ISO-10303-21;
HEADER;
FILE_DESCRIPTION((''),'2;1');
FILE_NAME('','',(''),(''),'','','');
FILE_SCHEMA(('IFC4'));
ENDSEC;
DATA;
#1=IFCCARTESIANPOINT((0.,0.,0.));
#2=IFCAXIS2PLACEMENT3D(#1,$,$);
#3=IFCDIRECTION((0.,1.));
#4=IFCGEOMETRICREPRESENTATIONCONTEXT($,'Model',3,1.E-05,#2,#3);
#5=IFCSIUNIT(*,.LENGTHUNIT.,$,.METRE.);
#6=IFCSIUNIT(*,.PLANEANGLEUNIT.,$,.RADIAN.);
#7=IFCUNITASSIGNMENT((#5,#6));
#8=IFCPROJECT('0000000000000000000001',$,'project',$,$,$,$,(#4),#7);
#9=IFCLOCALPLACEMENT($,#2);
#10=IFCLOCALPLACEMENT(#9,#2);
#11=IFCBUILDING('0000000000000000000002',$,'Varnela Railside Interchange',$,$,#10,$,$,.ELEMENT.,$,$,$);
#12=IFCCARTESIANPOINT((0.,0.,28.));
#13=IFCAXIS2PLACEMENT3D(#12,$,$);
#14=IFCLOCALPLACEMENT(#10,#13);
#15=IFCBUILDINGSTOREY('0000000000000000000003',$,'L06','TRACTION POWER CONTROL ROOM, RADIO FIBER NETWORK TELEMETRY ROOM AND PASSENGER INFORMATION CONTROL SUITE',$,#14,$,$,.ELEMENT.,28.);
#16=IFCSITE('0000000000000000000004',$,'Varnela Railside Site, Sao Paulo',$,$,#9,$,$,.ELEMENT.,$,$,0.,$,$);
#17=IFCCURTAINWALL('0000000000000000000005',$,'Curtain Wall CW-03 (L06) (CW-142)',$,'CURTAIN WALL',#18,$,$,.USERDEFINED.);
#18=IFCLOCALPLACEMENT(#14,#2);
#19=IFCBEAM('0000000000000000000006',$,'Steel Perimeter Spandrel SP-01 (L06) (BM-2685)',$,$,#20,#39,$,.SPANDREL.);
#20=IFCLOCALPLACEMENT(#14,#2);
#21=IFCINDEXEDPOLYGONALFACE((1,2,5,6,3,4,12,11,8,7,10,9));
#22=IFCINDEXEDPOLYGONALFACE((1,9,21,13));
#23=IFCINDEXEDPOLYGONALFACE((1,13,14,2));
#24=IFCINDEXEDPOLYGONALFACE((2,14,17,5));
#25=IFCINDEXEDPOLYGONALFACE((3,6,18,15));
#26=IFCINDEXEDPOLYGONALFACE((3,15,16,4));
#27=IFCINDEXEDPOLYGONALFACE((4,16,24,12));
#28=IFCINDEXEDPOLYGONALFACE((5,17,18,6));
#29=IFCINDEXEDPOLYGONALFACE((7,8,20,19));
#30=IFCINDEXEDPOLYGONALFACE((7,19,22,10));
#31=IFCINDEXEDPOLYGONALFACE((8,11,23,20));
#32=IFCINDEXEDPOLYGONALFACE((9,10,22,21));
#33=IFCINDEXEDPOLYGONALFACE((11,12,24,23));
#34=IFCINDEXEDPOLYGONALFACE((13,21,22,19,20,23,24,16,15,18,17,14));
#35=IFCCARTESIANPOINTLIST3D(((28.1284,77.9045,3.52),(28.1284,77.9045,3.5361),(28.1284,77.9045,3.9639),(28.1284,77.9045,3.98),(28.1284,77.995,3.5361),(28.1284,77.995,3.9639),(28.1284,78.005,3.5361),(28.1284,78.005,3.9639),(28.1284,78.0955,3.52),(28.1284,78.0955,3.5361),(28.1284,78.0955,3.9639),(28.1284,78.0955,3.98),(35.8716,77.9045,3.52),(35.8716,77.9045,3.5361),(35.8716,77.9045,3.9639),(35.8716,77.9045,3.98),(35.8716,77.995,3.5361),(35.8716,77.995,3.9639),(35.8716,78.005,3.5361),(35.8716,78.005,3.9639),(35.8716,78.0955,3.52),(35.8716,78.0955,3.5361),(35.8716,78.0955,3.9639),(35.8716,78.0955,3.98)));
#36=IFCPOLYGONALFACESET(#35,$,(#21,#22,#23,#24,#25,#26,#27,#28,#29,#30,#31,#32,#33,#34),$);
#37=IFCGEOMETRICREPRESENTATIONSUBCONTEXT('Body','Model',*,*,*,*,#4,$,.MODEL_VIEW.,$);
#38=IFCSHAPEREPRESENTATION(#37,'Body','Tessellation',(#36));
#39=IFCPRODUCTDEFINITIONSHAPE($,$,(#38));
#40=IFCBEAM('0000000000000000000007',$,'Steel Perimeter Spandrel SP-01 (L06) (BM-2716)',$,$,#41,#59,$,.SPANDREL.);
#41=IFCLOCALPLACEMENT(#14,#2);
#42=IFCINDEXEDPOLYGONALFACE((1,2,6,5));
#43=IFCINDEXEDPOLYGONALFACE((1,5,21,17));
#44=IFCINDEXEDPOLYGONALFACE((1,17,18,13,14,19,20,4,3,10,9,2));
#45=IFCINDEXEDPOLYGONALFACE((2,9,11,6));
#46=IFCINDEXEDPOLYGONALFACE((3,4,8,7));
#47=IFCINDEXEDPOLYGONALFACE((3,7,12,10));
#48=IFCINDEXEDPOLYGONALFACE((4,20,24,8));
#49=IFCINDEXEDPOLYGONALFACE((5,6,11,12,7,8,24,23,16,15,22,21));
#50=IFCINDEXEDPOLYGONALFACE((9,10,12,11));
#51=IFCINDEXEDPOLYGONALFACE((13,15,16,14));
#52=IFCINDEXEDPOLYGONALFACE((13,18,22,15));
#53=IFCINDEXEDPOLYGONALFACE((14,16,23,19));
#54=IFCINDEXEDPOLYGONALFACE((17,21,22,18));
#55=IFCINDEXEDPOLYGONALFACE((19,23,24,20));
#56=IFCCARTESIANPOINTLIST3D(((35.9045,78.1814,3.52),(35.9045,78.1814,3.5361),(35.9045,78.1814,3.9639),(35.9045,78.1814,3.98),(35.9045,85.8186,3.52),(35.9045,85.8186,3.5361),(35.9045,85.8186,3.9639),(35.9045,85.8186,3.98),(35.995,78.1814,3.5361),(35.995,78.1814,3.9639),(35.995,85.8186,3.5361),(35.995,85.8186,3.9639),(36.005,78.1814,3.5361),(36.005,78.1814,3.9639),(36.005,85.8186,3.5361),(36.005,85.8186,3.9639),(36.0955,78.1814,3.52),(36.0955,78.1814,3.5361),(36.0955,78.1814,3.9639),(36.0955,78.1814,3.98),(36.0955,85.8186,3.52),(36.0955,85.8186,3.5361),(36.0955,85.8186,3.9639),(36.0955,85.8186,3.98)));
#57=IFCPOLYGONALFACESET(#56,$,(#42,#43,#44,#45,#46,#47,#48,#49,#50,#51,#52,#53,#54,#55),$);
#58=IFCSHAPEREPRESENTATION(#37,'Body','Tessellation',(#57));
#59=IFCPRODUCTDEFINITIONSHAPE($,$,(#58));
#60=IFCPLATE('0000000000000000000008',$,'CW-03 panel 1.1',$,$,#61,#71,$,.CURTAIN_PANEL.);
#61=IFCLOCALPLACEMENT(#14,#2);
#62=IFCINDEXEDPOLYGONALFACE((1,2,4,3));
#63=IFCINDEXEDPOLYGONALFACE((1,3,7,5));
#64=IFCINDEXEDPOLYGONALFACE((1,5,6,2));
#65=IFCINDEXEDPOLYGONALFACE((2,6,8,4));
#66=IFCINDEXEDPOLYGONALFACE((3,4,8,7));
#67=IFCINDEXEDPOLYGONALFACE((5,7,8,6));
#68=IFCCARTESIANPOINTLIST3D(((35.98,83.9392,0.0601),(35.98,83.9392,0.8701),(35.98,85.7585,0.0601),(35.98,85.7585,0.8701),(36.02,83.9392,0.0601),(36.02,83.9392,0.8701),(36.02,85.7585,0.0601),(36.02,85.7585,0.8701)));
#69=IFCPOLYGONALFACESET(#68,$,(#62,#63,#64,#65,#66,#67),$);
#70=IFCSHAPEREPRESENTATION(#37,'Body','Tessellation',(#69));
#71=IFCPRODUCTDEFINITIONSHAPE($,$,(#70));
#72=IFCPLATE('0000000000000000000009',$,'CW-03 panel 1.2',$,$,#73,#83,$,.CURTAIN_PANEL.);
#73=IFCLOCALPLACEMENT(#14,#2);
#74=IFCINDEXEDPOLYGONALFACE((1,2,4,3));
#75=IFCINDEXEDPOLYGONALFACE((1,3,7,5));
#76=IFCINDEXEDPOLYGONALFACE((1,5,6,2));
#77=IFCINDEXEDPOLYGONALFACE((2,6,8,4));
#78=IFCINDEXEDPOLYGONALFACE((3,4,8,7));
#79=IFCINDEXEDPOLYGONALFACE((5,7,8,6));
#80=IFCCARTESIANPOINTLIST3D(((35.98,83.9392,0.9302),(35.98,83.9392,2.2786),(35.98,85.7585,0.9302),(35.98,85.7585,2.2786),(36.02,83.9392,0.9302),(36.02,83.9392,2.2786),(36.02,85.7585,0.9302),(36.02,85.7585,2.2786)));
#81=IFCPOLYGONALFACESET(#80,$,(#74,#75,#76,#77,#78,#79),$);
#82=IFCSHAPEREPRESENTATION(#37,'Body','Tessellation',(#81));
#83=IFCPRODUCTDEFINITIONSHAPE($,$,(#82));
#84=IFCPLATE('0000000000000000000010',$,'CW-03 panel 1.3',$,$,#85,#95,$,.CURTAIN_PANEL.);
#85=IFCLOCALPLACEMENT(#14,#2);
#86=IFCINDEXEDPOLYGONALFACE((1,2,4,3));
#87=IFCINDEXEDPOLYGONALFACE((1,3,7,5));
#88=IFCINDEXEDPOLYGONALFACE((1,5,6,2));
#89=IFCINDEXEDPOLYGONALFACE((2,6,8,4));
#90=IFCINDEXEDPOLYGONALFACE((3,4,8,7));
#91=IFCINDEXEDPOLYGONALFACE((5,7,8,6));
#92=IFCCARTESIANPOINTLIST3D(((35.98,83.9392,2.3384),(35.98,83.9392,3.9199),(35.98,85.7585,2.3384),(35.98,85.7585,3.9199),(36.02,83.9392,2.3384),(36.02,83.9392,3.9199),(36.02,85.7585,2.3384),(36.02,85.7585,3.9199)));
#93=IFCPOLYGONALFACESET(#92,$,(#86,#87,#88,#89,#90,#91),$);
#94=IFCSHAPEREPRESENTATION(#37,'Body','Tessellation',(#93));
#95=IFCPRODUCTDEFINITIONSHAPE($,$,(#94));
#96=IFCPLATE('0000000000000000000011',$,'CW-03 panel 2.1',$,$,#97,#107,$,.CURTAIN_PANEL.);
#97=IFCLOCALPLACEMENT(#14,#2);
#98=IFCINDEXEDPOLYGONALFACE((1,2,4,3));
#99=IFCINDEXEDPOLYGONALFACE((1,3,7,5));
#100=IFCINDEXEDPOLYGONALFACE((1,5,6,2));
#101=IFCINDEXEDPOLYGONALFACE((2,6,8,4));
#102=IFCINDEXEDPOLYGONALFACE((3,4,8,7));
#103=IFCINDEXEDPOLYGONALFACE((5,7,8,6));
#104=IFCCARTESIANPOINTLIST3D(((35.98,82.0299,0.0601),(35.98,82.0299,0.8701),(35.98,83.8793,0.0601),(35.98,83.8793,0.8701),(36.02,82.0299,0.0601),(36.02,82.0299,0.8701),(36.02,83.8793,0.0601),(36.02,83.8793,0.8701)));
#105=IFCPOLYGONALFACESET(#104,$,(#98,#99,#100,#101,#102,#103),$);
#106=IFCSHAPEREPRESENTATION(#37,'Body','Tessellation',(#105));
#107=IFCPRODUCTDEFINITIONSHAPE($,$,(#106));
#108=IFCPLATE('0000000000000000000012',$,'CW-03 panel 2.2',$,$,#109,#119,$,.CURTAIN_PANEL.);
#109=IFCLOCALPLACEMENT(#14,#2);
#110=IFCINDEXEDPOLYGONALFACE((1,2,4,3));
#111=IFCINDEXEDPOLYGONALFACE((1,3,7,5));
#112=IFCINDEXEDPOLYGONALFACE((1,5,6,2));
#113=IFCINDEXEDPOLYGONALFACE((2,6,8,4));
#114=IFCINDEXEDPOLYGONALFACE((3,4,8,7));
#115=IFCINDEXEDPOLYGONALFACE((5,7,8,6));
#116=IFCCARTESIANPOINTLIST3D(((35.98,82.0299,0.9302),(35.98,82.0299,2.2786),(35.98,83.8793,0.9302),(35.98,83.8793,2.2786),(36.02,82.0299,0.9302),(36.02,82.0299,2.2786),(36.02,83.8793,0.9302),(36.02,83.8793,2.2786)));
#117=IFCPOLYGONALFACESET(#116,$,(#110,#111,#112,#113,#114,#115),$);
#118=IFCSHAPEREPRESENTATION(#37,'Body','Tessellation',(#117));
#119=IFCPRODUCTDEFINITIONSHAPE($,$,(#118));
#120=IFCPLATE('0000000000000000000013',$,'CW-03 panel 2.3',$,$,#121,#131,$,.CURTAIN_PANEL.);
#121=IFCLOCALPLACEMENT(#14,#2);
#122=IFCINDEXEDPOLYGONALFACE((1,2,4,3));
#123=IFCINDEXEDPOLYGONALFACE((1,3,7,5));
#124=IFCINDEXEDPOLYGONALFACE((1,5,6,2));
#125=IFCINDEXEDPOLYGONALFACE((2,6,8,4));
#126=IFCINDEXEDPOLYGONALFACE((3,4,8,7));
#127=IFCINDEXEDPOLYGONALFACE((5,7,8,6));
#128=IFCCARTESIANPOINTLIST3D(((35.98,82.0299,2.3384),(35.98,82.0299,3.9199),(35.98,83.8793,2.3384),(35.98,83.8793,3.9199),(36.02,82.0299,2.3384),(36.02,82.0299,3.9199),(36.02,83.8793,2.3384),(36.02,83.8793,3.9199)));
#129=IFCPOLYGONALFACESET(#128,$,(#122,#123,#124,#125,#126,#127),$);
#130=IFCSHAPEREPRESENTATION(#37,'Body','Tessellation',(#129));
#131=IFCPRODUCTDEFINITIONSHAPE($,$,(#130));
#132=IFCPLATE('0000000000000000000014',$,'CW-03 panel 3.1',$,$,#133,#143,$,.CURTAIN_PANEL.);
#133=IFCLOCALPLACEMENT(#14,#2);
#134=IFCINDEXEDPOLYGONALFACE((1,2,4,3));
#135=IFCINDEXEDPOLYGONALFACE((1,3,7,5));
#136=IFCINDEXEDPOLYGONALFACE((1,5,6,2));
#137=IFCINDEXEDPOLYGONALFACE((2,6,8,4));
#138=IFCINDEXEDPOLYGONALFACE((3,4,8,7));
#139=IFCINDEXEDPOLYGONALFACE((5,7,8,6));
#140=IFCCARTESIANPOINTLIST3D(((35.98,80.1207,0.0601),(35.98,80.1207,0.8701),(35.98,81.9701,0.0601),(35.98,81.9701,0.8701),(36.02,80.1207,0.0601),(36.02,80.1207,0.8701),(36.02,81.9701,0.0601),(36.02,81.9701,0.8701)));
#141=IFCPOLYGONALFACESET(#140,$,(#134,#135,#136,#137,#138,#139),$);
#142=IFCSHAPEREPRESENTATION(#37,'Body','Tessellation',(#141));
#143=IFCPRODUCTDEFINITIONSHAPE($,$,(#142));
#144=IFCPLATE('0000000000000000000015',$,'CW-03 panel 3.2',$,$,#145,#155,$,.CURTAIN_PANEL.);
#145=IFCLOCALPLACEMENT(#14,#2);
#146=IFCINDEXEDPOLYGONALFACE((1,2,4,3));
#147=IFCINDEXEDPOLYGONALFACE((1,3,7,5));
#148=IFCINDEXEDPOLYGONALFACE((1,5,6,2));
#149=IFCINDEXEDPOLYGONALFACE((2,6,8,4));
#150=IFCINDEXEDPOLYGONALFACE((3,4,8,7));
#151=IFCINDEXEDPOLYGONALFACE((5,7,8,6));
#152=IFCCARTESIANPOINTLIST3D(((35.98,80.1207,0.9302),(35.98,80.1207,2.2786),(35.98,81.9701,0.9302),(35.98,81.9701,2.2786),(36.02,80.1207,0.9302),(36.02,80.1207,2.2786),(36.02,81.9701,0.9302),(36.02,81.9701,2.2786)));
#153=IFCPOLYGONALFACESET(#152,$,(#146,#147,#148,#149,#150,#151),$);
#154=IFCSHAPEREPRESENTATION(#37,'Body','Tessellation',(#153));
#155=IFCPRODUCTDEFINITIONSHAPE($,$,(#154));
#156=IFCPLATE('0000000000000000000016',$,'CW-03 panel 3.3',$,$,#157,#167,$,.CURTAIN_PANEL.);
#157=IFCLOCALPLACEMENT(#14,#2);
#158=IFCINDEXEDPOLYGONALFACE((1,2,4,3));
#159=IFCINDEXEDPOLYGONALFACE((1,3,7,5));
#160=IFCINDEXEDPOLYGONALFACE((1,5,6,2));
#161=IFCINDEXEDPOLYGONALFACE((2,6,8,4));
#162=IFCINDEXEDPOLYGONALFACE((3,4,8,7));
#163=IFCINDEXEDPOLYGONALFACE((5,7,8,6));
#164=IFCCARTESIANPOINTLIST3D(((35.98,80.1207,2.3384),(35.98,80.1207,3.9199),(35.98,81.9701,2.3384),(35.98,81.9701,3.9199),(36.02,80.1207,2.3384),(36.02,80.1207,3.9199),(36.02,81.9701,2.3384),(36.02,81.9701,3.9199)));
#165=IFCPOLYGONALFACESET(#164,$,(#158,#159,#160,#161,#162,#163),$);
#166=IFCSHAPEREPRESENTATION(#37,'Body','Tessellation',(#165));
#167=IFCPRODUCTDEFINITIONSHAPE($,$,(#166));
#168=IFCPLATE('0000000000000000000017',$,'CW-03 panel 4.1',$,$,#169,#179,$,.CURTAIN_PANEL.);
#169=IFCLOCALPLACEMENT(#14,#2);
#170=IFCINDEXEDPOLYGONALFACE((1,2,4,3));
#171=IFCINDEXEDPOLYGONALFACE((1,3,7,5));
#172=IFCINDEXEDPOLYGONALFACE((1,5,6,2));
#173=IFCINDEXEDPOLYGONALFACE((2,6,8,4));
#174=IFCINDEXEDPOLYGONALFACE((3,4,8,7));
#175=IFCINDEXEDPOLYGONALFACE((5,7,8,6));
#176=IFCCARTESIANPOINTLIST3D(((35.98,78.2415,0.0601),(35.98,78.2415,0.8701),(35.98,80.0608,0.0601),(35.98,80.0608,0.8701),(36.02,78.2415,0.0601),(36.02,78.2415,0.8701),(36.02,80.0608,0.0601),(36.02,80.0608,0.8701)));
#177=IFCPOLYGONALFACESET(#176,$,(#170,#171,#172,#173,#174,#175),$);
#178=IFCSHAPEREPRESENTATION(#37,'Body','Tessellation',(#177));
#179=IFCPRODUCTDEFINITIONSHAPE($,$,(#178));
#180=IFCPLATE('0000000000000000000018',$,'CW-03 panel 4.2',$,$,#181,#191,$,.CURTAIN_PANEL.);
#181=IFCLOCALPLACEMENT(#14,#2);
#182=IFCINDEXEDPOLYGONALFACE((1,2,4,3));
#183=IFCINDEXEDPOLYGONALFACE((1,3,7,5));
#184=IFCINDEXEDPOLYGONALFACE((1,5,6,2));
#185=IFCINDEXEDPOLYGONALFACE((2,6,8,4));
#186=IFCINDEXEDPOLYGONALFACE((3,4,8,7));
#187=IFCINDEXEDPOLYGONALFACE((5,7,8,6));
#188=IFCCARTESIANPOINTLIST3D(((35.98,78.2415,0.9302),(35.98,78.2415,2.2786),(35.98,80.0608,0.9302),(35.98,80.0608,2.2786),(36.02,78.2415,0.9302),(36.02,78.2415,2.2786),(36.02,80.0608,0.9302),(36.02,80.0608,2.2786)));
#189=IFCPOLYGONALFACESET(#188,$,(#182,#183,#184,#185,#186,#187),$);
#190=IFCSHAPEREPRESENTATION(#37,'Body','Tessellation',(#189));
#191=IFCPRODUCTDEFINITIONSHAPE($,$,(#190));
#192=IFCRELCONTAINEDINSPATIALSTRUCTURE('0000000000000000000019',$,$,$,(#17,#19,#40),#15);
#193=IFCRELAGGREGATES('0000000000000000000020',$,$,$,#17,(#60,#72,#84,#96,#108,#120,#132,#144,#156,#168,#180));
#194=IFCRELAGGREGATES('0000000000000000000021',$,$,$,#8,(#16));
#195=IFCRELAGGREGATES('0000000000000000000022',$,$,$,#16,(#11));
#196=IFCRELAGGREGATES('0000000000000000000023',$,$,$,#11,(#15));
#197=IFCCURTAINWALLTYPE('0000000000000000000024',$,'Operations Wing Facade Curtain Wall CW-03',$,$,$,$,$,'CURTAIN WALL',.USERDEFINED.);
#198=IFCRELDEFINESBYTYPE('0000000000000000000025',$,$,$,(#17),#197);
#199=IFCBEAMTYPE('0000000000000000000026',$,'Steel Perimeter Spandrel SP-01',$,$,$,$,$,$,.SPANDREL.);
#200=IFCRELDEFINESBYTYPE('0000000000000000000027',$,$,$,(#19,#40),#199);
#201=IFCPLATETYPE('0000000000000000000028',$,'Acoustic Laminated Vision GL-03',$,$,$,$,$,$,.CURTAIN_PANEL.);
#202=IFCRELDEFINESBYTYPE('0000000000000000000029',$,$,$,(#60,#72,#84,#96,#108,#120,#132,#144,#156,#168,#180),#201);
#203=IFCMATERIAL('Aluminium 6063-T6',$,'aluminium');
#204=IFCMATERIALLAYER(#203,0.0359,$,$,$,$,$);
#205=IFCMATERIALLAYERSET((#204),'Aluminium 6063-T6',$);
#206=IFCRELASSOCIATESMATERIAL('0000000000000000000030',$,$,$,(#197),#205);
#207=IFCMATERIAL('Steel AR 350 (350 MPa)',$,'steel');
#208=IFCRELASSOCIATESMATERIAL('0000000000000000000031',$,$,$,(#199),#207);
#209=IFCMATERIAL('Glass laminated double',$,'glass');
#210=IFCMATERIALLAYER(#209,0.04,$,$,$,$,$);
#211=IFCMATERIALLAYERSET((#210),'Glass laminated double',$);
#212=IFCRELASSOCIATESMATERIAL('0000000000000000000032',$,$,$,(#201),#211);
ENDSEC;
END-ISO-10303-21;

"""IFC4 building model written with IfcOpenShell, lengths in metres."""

from ifc_helpers import new_model, si_unit, direction, frame, origin, origin_2d, place, context, subcontext, project, spatial, rectangle, i_section, extrude, material, layer, layer_set, material_profile, profile_set, type_object, element, aggregate, save


model = new_model("IFC4")

# Units and contexts
model_context = context("Model", 3, precision=1e-05, world=origin(), true_north=direction((0.0, 1.0)))
body_context = subcontext(model_context, "Body", "Model", "MODEL_VIEW")
ifc_project = project(units=[si_unit("LENGTHUNIT", "METRE"), si_unit("PLANEANGLEUNIT", "RADIAN")], contexts=[model_context])

# Site, building, storey
site_placement = place(None, origin())
site = spatial("IfcSite", under=ifc_project, at=site_placement, Name="Varnela Railside Site, Sao Paulo", CompositionType="ELEMENT", RefElevation=0.0)
building_placement = place(site_placement, origin())
building = spatial("IfcBuilding", under=site, at=building_placement, Name="Varnela Railside Interchange", CompositionType="ELEMENT")
storey_placement = place(building_placement, frame((0.0, 0.0, 28.0)))
storey = spatial("IfcBuildingStorey", under=building, at=storey_placement, Name="L06", Description="TRACTION POWER CONTROL ROOM, RADIO FIBER NETWORK TELEMETRY ROOM AND PASSENGER INFORMATION CONTROL SUITE", CompositionType="ELEMENT", Elevation=28.0)

# Shared definitions
ifc_material_1 = material(Name="Steel AR 350 (350 MPa)", Category="steel")

# Curtain wall
ifc_material_2 = material(Name="Aluminium 6063-T6", Category="aluminium")
ifc_layer_1 = layer(ifc_material_2, 0.0359)
ifc_layer_set_1 = layer_set([ifc_layer_1], Name="Aluminium 6063-T6")
curtain_wall_type = type_object("IfcCurtainWallType", Name="Operations Wing Facade Curtain Wall CW-03", ElementType="CURTAIN WALL", PredefinedType="USERDEFINED", material=ifc_layer_set_1)
curtain_wall_placement = place(storey_placement, origin())
curtain_wall = element("IfcCurtainWall", 1, at=curtain_wall_placement, inside=storey, type_object=curtain_wall_type, Name="Curtain Wall CW-03 (L06) (CW-142)", ObjectType="CURTAIN WALL", PredefinedType="USERDEFINED")

# Beams
ifc_material_profile_1 = material_profile(ifc_material_1, i_section(OverallWidth=0.1909, OverallDepth=0.46, WebThickness=0.01, FlangeThickness=0.0161, at=origin_2d()), Name="W460x82")
ifc_profile_set_1 = profile_set([ifc_material_profile_1], Name="Steel AR 350 (350 MPa)")
beam_type_1 = type_object("IfcBeamType", Name="Steel Perimeter Spandrel SP-01", PredefinedType="SPANDREL", material=ifc_profile_set_1)
beam_1_placement = place(storey_placement, frame((28.1284, 78.0, 3.75), z_axis=(1.0, 0.0, 0.0), x_axis=(0.0, 1.0, 0.0)))
element("IfcBeam", 2, at=beam_1_placement, inside=storey, type_object=beam_type_1, Name="Steel Perimeter Spandrel SP-01 (L06) (BM-2685)", PredefinedType="SPANDREL", context=body_context, shape_type="SweptSolid", body=[
    extrude(i_section(OverallWidth=0.1909, OverallDepth=0.46, WebThickness=0.01, FlangeThickness=0.0161, at=origin_2d()), origin(), (0.0, 0.0, 1.0), 7.7432),
])
beam_2_placement = place(storey_placement, frame((36.0, 78.1814, 3.75), z_axis=(0.0, 1.0, 0.0), x_axis=(-1.0, 0.0, 0.0)))
element("IfcBeam", 3, at=beam_2_placement, inside=storey, type_object=beam_type_1, Name="Steel Perimeter Spandrel SP-01 (L06) (BM-2716)", PredefinedType="SPANDREL", context=body_context, shape_type="SweptSolid", body=[
    extrude(i_section(OverallWidth=0.1909, OverallDepth=0.46, WebThickness=0.01, FlangeThickness=0.0161, at=origin_2d()), origin(), (0.0, 0.0, 1.0), 7.6372),
])

# Plates
ifc_material_3 = material(Name="Glass laminated double", Category="glass")
ifc_layer_2 = layer(ifc_material_3, 0.04)
ifc_layer_set_2 = layer_set([ifc_layer_2], Name="Glass laminated double")
plate_type_1 = type_object("IfcPlateType", Name="Acoustic Laminated Vision GL-03", PredefinedType="CURTAIN_PANEL", material=ifc_layer_set_2)
plate_1_placement = place(storey_placement, frame((36.0, 84.8489, 0.0601), z_axis=(0.0, 0.0, 1.0), x_axis=(0.0, -1.0, 0.0)))
plate_1 = element("IfcPlate", 4, at=plate_1_placement, type_object=plate_type_1, Name="CW-03 panel 1.1", PredefinedType="CURTAIN_PANEL", context=body_context, shape_type="SweptSolid", body=[
    extrude(rectangle(XDim=1.8193, YDim=0.04, at=origin_2d()), origin(), (0.0, 0.0, 1.0), 0.8101),
])
plate_2_placement = place(storey_placement, frame((36.0, 84.8489, 0.9302), z_axis=(0.0, 0.0, 1.0), x_axis=(0.0, -1.0, 0.0)))
plate_2 = element("IfcPlate", 5, at=plate_2_placement, type_object=plate_type_1, Name="CW-03 panel 1.2", PredefinedType="CURTAIN_PANEL", context=body_context, shape_type="SweptSolid", body=[
    extrude(rectangle(XDim=1.8193, YDim=0.04, at=origin_2d()), origin(), (0.0, 0.0, 1.0), 1.3484),
])
plate_3_placement = place(storey_placement, frame((36.0, 84.8489, 2.3384), z_axis=(0.0, 0.0, 1.0), x_axis=(0.0, -1.0, 0.0)))
plate_3 = element("IfcPlate", 6, at=plate_3_placement, type_object=plate_type_1, Name="CW-03 panel 1.3", PredefinedType="CURTAIN_PANEL", context=body_context, shape_type="SweptSolid", body=[
    extrude(rectangle(XDim=1.8193, YDim=0.04, at=origin_2d()), origin(), (0.0, 0.0, 1.0), 1.5815),
])
plate_4_placement = place(storey_placement, frame((36.0, 82.9546, 0.0601), z_axis=(0.0, 0.0, 1.0), x_axis=(0.0, -1.0, 0.0)))
plate_4 = element("IfcPlate", 7, at=plate_4_placement, type_object=plate_type_1, Name="CW-03 panel 2.1", PredefinedType="CURTAIN_PANEL", context=body_context, shape_type="SweptSolid", body=[
    extrude(rectangle(XDim=1.8494, YDim=0.04, at=origin_2d()), origin(), (0.0, 0.0, 1.0), 0.8101),
])
plate_5_placement = place(storey_placement, frame((36.0, 82.9546, 0.9302), z_axis=(0.0, 0.0, 1.0), x_axis=(0.0, -1.0, 0.0)))
plate_5 = element("IfcPlate", 8, at=plate_5_placement, type_object=plate_type_1, Name="CW-03 panel 2.2", PredefinedType="CURTAIN_PANEL", context=body_context, shape_type="SweptSolid", body=[
    extrude(rectangle(XDim=1.8494, YDim=0.04, at=origin_2d()), origin(), (0.0, 0.0, 1.0), 1.3484),
])
plate_6_placement = place(storey_placement, frame((36.0, 82.9546, 2.3384), z_axis=(0.0, 0.0, 1.0), x_axis=(0.0, -1.0, 0.0)))
plate_6 = element("IfcPlate", 9, at=plate_6_placement, type_object=plate_type_1, Name="CW-03 panel 2.3", PredefinedType="CURTAIN_PANEL", context=body_context, shape_type="SweptSolid", body=[
    extrude(rectangle(XDim=1.8494, YDim=0.04, at=origin_2d()), origin(), (0.0, 0.0, 1.0), 1.5815),
])
plate_7_placement = place(storey_placement, frame((36.0, 81.0454, 0.0601), z_axis=(0.0, 0.0, 1.0), x_axis=(0.0, -1.0, 0.0)))
plate_7 = element("IfcPlate", 10, at=plate_7_placement, type_object=plate_type_1, Name="CW-03 panel 3.1", PredefinedType="CURTAIN_PANEL", context=body_context, shape_type="SweptSolid", body=[
    extrude(rectangle(XDim=1.8494, YDim=0.04, at=origin_2d()), origin(), (0.0, 0.0, 1.0), 0.8101),
])
plate_8_placement = place(storey_placement, frame((36.0, 81.0454, 0.9302), z_axis=(0.0, 0.0, 1.0), x_axis=(0.0, -1.0, 0.0)))
plate_8 = element("IfcPlate", 11, at=plate_8_placement, type_object=plate_type_1, Name="CW-03 panel 3.2", PredefinedType="CURTAIN_PANEL", context=body_context, shape_type="SweptSolid", body=[
    extrude(rectangle(XDim=1.8494, YDim=0.04, at=origin_2d()), origin(), (0.0, 0.0, 1.0), 1.3484),
])
plate_9_placement = place(storey_placement, frame((36.0, 81.0454, 2.3384), z_axis=(0.0, 0.0, 1.0), x_axis=(0.0, -1.0, 0.0)))
plate_9 = element("IfcPlate", 12, at=plate_9_placement, type_object=plate_type_1, Name="CW-03 panel 3.3", PredefinedType="CURTAIN_PANEL", context=body_context, shape_type="SweptSolid", body=[
    extrude(rectangle(XDim=1.8494, YDim=0.04, at=origin_2d()), origin(), (0.0, 0.0, 1.0), 1.5815),
])
plate_10_placement = place(storey_placement, frame((36.0, 79.1511, 0.0601), z_axis=(0.0, 0.0, 1.0), x_axis=(0.0, -1.0, 0.0)))
plate_10 = element("IfcPlate", 13, at=plate_10_placement, type_object=plate_type_1, Name="CW-03 panel 4.1", PredefinedType="CURTAIN_PANEL", context=body_context, shape_type="SweptSolid", body=[
    extrude(rectangle(XDim=1.8193, YDim=0.04, at=origin_2d()), origin(), (0.0, 0.0, 1.0), 0.8101),
])
plate_11_placement = place(storey_placement, frame((36.0, 79.1511, 0.9302), z_axis=(0.0, 0.0, 1.0), x_axis=(0.0, -1.0, 0.0)))
plate_11 = element("IfcPlate", 14, at=plate_11_placement, type_object=plate_type_1, Name="CW-03 panel 4.2", PredefinedType="CURTAIN_PANEL", context=body_context, shape_type="SweptSolid", body=[
    extrude(rectangle(XDim=1.8193, YDim=0.04, at=origin_2d()), origin(), (0.0, 0.0, 1.0), 1.3484),
])
aggregate(curtain_wall, [plate_1, plate_2, plate_3, plate_4, plate_5, plate_6, plate_7, plate_8, plate_9, plate_10, plate_11])

save(model, "model.ifc")
